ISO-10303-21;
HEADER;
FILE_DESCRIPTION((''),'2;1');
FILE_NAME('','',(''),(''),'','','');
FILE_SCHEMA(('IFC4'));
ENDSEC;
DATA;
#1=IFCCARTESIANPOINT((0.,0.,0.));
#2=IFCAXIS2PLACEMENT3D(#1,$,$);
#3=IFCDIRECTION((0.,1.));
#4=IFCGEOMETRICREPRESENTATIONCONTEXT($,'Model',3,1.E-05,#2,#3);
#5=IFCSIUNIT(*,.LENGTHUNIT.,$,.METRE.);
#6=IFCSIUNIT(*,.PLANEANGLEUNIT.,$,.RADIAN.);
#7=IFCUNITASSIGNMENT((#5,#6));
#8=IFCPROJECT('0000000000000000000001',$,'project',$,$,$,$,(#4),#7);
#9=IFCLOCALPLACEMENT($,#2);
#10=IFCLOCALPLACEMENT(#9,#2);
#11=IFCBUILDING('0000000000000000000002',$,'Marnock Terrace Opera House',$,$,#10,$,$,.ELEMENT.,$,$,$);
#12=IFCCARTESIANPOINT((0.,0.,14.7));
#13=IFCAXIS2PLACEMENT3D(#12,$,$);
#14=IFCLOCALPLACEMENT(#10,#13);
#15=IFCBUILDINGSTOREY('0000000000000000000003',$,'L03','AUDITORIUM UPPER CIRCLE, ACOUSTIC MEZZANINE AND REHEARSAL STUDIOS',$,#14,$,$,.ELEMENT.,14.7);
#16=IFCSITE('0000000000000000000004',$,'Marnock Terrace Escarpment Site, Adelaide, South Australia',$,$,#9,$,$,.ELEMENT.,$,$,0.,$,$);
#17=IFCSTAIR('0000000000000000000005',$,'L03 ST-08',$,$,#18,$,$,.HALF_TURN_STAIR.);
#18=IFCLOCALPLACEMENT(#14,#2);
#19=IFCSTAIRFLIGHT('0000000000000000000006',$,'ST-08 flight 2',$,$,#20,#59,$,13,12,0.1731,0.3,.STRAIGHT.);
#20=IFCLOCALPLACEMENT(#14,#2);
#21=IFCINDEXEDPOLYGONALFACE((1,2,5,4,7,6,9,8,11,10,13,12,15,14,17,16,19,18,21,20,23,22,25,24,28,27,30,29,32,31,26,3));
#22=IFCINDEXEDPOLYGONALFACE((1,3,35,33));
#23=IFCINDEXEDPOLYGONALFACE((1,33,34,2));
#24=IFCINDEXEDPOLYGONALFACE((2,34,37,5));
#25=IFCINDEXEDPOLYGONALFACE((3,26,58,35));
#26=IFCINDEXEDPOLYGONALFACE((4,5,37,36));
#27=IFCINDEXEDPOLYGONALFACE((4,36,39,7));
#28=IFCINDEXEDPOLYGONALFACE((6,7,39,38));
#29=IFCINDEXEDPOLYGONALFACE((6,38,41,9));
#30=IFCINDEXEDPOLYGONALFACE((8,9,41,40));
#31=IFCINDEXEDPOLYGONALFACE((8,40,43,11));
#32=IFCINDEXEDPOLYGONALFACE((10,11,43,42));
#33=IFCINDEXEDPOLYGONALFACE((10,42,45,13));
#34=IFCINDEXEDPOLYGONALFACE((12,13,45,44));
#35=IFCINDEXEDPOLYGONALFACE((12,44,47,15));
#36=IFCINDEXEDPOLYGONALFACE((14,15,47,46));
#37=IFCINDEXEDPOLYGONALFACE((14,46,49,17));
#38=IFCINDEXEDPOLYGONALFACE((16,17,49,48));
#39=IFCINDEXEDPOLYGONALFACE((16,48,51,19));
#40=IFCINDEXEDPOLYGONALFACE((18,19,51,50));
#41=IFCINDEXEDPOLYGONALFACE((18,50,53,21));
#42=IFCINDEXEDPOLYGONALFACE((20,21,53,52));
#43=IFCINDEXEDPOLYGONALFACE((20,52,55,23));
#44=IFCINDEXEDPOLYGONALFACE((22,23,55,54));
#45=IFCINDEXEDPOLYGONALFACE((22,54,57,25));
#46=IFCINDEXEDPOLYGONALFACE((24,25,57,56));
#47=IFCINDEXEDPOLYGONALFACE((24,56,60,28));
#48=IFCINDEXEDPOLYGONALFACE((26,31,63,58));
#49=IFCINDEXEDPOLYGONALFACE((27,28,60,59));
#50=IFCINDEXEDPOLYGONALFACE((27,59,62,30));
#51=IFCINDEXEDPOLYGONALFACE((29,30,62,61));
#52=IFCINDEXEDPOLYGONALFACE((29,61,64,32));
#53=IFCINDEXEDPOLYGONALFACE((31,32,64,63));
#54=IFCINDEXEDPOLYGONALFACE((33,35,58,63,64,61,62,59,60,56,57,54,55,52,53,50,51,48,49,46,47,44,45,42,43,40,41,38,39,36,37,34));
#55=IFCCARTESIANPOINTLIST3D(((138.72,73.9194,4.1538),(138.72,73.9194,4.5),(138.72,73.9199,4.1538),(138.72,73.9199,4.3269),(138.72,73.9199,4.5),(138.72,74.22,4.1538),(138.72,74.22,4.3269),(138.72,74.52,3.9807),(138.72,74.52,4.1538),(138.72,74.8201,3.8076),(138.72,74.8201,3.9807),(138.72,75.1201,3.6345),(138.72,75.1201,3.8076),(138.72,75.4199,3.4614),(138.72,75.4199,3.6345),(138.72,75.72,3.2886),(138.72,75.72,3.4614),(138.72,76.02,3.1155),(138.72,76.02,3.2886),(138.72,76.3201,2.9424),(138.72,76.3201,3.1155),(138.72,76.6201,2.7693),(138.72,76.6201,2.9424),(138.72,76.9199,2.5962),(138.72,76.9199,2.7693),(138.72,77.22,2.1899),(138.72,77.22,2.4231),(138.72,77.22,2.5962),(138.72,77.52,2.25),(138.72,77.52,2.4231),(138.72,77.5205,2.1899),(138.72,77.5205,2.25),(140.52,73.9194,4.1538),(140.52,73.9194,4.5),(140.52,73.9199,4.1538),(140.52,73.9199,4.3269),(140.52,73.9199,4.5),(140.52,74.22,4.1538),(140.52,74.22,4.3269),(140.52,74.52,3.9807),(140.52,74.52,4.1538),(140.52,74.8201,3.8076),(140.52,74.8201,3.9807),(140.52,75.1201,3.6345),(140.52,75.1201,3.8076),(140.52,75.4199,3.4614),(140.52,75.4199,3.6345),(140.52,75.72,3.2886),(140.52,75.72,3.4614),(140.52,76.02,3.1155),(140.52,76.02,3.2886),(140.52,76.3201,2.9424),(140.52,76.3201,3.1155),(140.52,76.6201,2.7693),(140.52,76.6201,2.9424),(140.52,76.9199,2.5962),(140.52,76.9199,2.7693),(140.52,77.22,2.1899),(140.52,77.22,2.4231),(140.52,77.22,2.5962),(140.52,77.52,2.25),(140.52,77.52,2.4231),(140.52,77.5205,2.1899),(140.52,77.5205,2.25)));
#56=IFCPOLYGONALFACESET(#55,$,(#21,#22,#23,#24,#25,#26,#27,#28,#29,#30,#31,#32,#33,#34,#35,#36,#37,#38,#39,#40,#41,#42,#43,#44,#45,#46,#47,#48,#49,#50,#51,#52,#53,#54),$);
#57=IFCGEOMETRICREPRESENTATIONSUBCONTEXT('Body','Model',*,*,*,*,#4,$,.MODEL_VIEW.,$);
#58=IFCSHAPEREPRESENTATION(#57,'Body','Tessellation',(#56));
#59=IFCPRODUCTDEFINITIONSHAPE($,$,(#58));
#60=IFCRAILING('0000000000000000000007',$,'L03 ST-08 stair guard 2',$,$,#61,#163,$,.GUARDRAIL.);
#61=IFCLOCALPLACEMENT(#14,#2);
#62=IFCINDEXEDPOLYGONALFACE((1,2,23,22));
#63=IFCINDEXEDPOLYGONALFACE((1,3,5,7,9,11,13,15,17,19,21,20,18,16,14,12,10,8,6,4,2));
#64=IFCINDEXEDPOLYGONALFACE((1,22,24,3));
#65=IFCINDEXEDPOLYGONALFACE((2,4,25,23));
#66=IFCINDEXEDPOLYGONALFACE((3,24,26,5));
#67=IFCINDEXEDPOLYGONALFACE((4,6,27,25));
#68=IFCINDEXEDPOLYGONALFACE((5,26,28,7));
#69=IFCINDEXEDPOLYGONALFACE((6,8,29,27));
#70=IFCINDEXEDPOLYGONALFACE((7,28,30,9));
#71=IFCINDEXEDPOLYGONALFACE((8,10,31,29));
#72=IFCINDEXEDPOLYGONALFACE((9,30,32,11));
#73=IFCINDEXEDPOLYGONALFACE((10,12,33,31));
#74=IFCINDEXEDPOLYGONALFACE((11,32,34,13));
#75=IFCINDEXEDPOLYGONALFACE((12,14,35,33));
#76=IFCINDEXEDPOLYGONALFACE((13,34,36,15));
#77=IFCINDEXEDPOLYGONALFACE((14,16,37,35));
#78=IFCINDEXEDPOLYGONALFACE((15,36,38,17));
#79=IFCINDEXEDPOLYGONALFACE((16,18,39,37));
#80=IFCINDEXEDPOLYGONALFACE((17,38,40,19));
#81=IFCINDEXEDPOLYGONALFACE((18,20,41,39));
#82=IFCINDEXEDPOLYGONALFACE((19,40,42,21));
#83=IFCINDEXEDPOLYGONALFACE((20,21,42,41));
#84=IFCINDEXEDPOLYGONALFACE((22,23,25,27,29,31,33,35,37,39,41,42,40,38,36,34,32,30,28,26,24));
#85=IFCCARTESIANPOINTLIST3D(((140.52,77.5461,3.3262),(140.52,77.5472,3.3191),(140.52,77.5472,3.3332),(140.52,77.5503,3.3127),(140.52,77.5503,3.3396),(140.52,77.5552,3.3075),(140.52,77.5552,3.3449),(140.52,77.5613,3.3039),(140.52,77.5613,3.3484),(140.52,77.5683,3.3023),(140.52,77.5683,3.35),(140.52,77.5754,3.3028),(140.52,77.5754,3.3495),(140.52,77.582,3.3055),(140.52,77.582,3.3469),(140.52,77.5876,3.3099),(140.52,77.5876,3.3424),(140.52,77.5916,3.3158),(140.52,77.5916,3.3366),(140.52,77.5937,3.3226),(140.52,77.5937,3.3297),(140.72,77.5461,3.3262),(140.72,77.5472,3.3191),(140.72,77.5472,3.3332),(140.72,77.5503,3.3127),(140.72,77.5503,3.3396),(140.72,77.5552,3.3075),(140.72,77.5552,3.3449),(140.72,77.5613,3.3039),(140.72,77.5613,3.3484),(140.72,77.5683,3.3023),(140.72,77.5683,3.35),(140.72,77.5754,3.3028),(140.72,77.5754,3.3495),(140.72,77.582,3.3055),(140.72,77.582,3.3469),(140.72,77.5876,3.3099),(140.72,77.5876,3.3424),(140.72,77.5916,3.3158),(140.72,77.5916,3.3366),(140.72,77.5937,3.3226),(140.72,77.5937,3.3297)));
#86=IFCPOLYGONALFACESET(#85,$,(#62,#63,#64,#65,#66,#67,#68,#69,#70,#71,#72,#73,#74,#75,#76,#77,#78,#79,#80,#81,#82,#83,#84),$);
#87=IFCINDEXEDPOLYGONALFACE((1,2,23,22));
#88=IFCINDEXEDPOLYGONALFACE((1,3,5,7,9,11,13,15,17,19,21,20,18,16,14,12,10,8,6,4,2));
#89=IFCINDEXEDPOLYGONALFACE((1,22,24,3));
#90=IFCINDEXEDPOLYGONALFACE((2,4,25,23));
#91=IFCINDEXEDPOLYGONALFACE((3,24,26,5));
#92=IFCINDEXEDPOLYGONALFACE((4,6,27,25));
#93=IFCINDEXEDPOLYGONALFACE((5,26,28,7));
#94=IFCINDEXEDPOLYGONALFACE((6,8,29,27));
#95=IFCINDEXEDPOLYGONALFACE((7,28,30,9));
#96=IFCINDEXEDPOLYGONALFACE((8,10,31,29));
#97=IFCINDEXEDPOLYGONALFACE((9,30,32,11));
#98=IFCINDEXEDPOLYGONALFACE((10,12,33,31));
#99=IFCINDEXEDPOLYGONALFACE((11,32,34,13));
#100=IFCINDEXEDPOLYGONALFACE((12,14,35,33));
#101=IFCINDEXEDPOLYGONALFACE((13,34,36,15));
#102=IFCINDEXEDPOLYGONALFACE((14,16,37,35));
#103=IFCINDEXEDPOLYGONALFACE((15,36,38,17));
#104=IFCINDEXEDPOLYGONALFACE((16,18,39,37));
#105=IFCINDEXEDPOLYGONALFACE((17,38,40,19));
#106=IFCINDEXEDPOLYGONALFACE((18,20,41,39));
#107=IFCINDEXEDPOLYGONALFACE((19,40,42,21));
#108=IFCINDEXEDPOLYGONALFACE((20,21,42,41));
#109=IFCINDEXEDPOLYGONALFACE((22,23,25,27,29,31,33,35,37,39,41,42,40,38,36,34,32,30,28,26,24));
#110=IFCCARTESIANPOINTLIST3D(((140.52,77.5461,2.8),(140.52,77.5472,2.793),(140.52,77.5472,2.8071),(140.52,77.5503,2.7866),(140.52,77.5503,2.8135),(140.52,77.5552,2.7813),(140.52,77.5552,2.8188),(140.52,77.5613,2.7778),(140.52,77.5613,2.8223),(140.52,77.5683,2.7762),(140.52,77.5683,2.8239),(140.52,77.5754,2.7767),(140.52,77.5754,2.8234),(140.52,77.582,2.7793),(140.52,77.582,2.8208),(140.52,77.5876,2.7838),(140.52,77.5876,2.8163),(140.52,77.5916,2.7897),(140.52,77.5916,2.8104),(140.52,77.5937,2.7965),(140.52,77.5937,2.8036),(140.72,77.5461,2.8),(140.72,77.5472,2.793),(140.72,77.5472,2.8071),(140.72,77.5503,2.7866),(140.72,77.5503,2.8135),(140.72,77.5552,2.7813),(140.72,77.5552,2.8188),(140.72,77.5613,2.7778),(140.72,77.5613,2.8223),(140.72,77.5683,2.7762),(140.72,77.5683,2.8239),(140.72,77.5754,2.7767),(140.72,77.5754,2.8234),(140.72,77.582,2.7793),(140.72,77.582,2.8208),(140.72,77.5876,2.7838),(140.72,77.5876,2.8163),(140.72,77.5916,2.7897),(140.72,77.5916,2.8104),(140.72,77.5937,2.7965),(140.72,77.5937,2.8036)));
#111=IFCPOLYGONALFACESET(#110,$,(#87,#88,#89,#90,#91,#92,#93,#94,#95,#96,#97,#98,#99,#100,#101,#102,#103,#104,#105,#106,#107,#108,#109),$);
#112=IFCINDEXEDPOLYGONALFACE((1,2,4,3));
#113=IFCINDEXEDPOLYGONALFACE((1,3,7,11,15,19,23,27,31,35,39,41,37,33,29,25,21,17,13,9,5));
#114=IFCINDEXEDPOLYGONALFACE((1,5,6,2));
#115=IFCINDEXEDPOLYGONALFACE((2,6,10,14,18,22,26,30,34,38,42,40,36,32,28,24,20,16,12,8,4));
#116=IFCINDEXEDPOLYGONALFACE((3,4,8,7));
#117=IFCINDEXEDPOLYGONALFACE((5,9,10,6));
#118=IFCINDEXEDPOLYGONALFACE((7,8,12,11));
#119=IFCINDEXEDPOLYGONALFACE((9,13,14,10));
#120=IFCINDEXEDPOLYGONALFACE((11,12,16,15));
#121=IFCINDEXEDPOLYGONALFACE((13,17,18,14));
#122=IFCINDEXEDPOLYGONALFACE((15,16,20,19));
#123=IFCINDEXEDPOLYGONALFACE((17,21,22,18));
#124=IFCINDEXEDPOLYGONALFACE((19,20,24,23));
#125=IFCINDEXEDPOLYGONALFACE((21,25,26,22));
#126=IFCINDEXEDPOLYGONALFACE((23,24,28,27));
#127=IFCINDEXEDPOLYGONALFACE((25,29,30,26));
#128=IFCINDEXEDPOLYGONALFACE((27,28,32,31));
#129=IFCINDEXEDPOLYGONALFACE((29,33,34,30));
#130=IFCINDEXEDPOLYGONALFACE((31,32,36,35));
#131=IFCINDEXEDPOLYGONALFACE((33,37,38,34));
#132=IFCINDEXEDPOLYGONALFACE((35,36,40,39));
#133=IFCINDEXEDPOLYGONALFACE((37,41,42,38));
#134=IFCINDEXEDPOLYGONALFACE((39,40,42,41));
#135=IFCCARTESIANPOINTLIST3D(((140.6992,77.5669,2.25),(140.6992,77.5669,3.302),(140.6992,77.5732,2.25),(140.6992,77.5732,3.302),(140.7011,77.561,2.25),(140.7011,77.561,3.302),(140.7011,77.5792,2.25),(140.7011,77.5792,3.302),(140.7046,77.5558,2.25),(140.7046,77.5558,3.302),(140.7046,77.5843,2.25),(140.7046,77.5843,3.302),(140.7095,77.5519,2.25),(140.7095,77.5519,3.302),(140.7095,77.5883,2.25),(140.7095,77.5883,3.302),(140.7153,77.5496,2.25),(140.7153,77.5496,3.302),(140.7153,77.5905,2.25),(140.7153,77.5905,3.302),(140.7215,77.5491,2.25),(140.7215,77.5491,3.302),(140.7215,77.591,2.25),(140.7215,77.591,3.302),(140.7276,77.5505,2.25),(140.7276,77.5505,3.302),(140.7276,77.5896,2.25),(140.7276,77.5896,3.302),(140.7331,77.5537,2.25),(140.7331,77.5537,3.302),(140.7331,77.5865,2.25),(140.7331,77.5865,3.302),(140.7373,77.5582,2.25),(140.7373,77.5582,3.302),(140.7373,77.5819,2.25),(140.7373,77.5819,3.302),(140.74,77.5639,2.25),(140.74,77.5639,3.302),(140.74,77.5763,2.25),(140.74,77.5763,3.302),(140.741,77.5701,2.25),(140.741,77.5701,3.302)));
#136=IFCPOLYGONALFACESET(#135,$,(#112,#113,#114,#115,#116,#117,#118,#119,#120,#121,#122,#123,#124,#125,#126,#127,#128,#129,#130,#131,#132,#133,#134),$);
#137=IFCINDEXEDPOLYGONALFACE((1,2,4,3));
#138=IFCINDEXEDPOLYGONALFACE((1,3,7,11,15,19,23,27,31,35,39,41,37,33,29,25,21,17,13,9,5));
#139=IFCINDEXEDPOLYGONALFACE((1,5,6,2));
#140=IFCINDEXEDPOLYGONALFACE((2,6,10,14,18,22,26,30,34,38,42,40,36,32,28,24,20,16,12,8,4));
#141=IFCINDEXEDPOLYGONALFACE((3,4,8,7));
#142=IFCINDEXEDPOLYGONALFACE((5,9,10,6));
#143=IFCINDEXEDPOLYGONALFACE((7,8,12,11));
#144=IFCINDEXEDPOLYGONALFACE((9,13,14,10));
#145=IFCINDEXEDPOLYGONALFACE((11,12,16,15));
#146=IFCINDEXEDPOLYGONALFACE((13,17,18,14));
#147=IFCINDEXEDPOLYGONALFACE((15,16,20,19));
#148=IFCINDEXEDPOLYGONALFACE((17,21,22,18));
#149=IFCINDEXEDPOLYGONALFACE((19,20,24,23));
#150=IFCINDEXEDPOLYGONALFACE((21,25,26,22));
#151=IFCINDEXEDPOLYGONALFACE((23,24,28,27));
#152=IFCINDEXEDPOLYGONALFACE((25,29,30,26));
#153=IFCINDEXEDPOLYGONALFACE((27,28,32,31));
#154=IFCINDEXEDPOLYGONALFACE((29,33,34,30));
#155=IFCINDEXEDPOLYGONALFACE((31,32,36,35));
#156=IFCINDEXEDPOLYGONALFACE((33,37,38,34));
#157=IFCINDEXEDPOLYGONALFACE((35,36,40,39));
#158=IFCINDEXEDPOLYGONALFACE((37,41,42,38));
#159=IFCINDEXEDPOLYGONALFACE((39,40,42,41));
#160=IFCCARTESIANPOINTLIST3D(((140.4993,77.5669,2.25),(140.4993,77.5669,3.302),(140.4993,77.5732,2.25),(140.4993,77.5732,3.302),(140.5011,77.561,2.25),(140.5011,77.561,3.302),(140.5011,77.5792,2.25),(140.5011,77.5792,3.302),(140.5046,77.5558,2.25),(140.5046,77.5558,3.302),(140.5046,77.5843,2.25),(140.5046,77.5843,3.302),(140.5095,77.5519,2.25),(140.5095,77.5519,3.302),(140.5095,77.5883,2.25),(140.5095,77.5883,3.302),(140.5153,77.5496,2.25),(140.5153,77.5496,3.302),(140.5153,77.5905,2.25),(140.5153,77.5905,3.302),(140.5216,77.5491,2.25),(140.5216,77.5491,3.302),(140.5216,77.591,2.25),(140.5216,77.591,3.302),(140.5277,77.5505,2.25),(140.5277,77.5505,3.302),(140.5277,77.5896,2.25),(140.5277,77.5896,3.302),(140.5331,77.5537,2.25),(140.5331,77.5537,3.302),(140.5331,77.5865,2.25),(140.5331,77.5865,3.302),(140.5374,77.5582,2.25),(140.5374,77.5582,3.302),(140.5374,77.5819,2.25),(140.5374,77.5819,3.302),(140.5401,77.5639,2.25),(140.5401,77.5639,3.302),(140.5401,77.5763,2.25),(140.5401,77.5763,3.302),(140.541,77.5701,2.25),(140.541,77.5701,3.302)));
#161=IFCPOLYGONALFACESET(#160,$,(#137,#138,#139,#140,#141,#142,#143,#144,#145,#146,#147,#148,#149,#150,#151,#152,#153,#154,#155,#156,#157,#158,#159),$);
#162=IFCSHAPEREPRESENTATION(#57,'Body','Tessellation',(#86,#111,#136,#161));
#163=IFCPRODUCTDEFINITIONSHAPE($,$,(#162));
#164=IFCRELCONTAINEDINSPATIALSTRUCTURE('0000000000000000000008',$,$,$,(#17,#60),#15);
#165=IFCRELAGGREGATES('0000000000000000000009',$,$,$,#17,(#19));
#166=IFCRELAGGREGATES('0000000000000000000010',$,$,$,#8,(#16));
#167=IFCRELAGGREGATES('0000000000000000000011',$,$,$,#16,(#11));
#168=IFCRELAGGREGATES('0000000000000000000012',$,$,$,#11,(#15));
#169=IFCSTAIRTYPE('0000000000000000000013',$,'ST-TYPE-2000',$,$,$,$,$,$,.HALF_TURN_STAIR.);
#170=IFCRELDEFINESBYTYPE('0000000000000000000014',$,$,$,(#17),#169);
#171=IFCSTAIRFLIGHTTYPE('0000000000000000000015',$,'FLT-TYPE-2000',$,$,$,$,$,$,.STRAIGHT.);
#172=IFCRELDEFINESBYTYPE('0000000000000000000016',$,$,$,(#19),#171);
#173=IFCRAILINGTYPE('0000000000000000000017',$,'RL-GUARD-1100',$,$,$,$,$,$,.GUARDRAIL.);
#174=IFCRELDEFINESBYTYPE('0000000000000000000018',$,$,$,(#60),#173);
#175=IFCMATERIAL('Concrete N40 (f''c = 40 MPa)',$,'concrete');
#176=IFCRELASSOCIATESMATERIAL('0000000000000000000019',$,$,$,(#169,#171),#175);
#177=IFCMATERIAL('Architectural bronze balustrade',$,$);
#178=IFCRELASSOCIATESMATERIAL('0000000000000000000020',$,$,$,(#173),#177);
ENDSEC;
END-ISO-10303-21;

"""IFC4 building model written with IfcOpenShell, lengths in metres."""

from ifc_helpers import new_model, si_unit, direction, frame, origin, origin_2d, place, context, subcontext, project, spatial, polyline, circle, outline, extrude, material, type_object, element, aggregate, save


model = new_model("IFC4")

# Units and contexts
model_context = context("Model", 3, precision=1e-05, world=origin(), true_north=direction((0.0, 1.0)))
body_context = subcontext(model_context, "Body", "Model", "MODEL_VIEW")
ifc_project = project(units=[si_unit("LENGTHUNIT", "METRE"), si_unit("PLANEANGLEUNIT", "RADIAN")], contexts=[model_context])

# Site, building, storey
site_placement = place(None, origin())
site = spatial("IfcSite", under=ifc_project, at=site_placement, Name="Marnock Terrace Escarpment Site, Adelaide, South Australia", CompositionType="ELEMENT", RefElevation=0.0)
building_placement = place(site_placement, origin())
building = spatial("IfcBuilding", under=site, at=building_placement, Name="Marnock Terrace Opera House", CompositionType="ELEMENT")
storey_placement = place(building_placement, frame((0.0, 0.0, 14.7)))
storey = spatial("IfcBuildingStorey", under=building, at=storey_placement, Name="L03", Description="AUDITORIUM UPPER CIRCLE, ACOUSTIC MEZZANINE AND REHEARSAL STUDIOS", CompositionType="ELEMENT", Elevation=14.7)

# Shared definitions
ifc_material_1 = material(Name="Concrete N40 (f'c = 40 MPa)", Category="concrete")

# Stair, stair flight
stair_type = type_object("IfcStairType", Name="ST-TYPE-2000", PredefinedType="HALF_TURN_STAIR", material=ifc_material_1)
stair_placement = place(storey_placement, origin())
stair = element("IfcStair", 1, at=stair_placement, inside=storey, type_object=stair_type, Name="L03 ST-08", PredefinedType="HALF_TURN_STAIR")
stair_flight_type = type_object("IfcStairFlightType", Name="FLT-TYPE-2000", PredefinedType="STRAIGHT", material=ifc_material_1)
stair_flight_placement = place(storey_placement, frame((139.6201, 77.52, 2.25), z_axis=(0.0, 0.0, 1.0), x_axis=(0.0, -1.0, 0.0)))
stair_flight = element("IfcStairFlight", 2, at=stair_flight_placement, type_object=stair_flight_type, Name="ST-08 flight 2", NumberOfRisers=13, NumberOfTreads=12, PredefinedType="STRAIGHT", RiserHeight=0.1731, TreadLength=0.3, context=body_context, shape_type="SweptSolid", body=[
    extrude(outline(polyline([(-0.0005, -0.0601), (-0.0005, 0.0), (0.0, 0.0), (0.0, 0.1731), (0.3, 0.1731), (0.3, 0.3462), (0.6001, 0.3462), (0.6001, 0.5193), (0.8999, 0.5193), (0.8999, 0.6924), (1.2, 0.6924), (1.2, 0.8655), (1.5, 0.8655), (1.5, 1.0386), (1.8, 1.0386), (1.8, 1.2114), (2.1001, 1.2114), (2.1001, 1.3845), (2.3999, 1.3845), (2.3999, 1.5576), (2.7, 1.5576), (2.7, 1.7307), (3.0, 1.7307), (3.0, 1.9038), (3.3, 1.9038), (3.3, 2.0769), (3.6001, 2.0769), (3.6001, 2.25), (3.6006, 2.25), (3.6006, 1.9038), (3.6001, 1.9038), (0.3, -0.0601), (-0.0005, -0.0601)])), frame((0.0, 0.8999, 0.0), z_axis=(0.0, -1.0, 0.0), x_axis=(1.0, 0.0, 0.0)), (0.0, 0.0, 1.0), 1.8),
])
aggregate(stair, [stair_flight])

# Railing
ifc_material_2 = material(Name="Architectural bronze balustrade")
railing_type_1 = type_object("IfcRailingType", Name="RL-GUARD-1100", PredefinedType="GUARDRAIL", material=ifc_material_2)
railing_1_placement = place(storey_placement, frame((140.72, 77.5701, 2.25)))
element("IfcRailing", 3, at=railing_1_placement, inside=storey, type_object=railing_type_1, Name="L03 ST-08 stair guard 2", PredefinedType="GUARDRAIL", context=body_context, shape_type="SweptSolid", body=[
    extrude(circle(Radius=0.0239, at=origin_2d()), frame((0.0, 0.0, 1.0762), z_axis=(-1.0, 0.0, 0.0), x_axis=(0.0, -1.0, 0.0)), (0.0, 0.0, 1.0), 0.2),
    extrude(circle(Radius=0.0239, at=origin_2d()), frame((0.0, 0.0, 0.55), z_axis=(-1.0, 0.0, 0.0), x_axis=(0.0, -1.0, 0.0)), (0.0, 0.0, 1.0), 0.2),
    extrude(circle(Radius=0.021, at=origin_2d()), origin(), (0.0, 0.0, 1.0), 1.052),
    extrude(circle(Radius=0.021, at=origin_2d()), frame((-0.2, 0.0, 0.0)), (0.0, 0.0, 1.0), 1.052),
])

save(model, "model.ifc")
